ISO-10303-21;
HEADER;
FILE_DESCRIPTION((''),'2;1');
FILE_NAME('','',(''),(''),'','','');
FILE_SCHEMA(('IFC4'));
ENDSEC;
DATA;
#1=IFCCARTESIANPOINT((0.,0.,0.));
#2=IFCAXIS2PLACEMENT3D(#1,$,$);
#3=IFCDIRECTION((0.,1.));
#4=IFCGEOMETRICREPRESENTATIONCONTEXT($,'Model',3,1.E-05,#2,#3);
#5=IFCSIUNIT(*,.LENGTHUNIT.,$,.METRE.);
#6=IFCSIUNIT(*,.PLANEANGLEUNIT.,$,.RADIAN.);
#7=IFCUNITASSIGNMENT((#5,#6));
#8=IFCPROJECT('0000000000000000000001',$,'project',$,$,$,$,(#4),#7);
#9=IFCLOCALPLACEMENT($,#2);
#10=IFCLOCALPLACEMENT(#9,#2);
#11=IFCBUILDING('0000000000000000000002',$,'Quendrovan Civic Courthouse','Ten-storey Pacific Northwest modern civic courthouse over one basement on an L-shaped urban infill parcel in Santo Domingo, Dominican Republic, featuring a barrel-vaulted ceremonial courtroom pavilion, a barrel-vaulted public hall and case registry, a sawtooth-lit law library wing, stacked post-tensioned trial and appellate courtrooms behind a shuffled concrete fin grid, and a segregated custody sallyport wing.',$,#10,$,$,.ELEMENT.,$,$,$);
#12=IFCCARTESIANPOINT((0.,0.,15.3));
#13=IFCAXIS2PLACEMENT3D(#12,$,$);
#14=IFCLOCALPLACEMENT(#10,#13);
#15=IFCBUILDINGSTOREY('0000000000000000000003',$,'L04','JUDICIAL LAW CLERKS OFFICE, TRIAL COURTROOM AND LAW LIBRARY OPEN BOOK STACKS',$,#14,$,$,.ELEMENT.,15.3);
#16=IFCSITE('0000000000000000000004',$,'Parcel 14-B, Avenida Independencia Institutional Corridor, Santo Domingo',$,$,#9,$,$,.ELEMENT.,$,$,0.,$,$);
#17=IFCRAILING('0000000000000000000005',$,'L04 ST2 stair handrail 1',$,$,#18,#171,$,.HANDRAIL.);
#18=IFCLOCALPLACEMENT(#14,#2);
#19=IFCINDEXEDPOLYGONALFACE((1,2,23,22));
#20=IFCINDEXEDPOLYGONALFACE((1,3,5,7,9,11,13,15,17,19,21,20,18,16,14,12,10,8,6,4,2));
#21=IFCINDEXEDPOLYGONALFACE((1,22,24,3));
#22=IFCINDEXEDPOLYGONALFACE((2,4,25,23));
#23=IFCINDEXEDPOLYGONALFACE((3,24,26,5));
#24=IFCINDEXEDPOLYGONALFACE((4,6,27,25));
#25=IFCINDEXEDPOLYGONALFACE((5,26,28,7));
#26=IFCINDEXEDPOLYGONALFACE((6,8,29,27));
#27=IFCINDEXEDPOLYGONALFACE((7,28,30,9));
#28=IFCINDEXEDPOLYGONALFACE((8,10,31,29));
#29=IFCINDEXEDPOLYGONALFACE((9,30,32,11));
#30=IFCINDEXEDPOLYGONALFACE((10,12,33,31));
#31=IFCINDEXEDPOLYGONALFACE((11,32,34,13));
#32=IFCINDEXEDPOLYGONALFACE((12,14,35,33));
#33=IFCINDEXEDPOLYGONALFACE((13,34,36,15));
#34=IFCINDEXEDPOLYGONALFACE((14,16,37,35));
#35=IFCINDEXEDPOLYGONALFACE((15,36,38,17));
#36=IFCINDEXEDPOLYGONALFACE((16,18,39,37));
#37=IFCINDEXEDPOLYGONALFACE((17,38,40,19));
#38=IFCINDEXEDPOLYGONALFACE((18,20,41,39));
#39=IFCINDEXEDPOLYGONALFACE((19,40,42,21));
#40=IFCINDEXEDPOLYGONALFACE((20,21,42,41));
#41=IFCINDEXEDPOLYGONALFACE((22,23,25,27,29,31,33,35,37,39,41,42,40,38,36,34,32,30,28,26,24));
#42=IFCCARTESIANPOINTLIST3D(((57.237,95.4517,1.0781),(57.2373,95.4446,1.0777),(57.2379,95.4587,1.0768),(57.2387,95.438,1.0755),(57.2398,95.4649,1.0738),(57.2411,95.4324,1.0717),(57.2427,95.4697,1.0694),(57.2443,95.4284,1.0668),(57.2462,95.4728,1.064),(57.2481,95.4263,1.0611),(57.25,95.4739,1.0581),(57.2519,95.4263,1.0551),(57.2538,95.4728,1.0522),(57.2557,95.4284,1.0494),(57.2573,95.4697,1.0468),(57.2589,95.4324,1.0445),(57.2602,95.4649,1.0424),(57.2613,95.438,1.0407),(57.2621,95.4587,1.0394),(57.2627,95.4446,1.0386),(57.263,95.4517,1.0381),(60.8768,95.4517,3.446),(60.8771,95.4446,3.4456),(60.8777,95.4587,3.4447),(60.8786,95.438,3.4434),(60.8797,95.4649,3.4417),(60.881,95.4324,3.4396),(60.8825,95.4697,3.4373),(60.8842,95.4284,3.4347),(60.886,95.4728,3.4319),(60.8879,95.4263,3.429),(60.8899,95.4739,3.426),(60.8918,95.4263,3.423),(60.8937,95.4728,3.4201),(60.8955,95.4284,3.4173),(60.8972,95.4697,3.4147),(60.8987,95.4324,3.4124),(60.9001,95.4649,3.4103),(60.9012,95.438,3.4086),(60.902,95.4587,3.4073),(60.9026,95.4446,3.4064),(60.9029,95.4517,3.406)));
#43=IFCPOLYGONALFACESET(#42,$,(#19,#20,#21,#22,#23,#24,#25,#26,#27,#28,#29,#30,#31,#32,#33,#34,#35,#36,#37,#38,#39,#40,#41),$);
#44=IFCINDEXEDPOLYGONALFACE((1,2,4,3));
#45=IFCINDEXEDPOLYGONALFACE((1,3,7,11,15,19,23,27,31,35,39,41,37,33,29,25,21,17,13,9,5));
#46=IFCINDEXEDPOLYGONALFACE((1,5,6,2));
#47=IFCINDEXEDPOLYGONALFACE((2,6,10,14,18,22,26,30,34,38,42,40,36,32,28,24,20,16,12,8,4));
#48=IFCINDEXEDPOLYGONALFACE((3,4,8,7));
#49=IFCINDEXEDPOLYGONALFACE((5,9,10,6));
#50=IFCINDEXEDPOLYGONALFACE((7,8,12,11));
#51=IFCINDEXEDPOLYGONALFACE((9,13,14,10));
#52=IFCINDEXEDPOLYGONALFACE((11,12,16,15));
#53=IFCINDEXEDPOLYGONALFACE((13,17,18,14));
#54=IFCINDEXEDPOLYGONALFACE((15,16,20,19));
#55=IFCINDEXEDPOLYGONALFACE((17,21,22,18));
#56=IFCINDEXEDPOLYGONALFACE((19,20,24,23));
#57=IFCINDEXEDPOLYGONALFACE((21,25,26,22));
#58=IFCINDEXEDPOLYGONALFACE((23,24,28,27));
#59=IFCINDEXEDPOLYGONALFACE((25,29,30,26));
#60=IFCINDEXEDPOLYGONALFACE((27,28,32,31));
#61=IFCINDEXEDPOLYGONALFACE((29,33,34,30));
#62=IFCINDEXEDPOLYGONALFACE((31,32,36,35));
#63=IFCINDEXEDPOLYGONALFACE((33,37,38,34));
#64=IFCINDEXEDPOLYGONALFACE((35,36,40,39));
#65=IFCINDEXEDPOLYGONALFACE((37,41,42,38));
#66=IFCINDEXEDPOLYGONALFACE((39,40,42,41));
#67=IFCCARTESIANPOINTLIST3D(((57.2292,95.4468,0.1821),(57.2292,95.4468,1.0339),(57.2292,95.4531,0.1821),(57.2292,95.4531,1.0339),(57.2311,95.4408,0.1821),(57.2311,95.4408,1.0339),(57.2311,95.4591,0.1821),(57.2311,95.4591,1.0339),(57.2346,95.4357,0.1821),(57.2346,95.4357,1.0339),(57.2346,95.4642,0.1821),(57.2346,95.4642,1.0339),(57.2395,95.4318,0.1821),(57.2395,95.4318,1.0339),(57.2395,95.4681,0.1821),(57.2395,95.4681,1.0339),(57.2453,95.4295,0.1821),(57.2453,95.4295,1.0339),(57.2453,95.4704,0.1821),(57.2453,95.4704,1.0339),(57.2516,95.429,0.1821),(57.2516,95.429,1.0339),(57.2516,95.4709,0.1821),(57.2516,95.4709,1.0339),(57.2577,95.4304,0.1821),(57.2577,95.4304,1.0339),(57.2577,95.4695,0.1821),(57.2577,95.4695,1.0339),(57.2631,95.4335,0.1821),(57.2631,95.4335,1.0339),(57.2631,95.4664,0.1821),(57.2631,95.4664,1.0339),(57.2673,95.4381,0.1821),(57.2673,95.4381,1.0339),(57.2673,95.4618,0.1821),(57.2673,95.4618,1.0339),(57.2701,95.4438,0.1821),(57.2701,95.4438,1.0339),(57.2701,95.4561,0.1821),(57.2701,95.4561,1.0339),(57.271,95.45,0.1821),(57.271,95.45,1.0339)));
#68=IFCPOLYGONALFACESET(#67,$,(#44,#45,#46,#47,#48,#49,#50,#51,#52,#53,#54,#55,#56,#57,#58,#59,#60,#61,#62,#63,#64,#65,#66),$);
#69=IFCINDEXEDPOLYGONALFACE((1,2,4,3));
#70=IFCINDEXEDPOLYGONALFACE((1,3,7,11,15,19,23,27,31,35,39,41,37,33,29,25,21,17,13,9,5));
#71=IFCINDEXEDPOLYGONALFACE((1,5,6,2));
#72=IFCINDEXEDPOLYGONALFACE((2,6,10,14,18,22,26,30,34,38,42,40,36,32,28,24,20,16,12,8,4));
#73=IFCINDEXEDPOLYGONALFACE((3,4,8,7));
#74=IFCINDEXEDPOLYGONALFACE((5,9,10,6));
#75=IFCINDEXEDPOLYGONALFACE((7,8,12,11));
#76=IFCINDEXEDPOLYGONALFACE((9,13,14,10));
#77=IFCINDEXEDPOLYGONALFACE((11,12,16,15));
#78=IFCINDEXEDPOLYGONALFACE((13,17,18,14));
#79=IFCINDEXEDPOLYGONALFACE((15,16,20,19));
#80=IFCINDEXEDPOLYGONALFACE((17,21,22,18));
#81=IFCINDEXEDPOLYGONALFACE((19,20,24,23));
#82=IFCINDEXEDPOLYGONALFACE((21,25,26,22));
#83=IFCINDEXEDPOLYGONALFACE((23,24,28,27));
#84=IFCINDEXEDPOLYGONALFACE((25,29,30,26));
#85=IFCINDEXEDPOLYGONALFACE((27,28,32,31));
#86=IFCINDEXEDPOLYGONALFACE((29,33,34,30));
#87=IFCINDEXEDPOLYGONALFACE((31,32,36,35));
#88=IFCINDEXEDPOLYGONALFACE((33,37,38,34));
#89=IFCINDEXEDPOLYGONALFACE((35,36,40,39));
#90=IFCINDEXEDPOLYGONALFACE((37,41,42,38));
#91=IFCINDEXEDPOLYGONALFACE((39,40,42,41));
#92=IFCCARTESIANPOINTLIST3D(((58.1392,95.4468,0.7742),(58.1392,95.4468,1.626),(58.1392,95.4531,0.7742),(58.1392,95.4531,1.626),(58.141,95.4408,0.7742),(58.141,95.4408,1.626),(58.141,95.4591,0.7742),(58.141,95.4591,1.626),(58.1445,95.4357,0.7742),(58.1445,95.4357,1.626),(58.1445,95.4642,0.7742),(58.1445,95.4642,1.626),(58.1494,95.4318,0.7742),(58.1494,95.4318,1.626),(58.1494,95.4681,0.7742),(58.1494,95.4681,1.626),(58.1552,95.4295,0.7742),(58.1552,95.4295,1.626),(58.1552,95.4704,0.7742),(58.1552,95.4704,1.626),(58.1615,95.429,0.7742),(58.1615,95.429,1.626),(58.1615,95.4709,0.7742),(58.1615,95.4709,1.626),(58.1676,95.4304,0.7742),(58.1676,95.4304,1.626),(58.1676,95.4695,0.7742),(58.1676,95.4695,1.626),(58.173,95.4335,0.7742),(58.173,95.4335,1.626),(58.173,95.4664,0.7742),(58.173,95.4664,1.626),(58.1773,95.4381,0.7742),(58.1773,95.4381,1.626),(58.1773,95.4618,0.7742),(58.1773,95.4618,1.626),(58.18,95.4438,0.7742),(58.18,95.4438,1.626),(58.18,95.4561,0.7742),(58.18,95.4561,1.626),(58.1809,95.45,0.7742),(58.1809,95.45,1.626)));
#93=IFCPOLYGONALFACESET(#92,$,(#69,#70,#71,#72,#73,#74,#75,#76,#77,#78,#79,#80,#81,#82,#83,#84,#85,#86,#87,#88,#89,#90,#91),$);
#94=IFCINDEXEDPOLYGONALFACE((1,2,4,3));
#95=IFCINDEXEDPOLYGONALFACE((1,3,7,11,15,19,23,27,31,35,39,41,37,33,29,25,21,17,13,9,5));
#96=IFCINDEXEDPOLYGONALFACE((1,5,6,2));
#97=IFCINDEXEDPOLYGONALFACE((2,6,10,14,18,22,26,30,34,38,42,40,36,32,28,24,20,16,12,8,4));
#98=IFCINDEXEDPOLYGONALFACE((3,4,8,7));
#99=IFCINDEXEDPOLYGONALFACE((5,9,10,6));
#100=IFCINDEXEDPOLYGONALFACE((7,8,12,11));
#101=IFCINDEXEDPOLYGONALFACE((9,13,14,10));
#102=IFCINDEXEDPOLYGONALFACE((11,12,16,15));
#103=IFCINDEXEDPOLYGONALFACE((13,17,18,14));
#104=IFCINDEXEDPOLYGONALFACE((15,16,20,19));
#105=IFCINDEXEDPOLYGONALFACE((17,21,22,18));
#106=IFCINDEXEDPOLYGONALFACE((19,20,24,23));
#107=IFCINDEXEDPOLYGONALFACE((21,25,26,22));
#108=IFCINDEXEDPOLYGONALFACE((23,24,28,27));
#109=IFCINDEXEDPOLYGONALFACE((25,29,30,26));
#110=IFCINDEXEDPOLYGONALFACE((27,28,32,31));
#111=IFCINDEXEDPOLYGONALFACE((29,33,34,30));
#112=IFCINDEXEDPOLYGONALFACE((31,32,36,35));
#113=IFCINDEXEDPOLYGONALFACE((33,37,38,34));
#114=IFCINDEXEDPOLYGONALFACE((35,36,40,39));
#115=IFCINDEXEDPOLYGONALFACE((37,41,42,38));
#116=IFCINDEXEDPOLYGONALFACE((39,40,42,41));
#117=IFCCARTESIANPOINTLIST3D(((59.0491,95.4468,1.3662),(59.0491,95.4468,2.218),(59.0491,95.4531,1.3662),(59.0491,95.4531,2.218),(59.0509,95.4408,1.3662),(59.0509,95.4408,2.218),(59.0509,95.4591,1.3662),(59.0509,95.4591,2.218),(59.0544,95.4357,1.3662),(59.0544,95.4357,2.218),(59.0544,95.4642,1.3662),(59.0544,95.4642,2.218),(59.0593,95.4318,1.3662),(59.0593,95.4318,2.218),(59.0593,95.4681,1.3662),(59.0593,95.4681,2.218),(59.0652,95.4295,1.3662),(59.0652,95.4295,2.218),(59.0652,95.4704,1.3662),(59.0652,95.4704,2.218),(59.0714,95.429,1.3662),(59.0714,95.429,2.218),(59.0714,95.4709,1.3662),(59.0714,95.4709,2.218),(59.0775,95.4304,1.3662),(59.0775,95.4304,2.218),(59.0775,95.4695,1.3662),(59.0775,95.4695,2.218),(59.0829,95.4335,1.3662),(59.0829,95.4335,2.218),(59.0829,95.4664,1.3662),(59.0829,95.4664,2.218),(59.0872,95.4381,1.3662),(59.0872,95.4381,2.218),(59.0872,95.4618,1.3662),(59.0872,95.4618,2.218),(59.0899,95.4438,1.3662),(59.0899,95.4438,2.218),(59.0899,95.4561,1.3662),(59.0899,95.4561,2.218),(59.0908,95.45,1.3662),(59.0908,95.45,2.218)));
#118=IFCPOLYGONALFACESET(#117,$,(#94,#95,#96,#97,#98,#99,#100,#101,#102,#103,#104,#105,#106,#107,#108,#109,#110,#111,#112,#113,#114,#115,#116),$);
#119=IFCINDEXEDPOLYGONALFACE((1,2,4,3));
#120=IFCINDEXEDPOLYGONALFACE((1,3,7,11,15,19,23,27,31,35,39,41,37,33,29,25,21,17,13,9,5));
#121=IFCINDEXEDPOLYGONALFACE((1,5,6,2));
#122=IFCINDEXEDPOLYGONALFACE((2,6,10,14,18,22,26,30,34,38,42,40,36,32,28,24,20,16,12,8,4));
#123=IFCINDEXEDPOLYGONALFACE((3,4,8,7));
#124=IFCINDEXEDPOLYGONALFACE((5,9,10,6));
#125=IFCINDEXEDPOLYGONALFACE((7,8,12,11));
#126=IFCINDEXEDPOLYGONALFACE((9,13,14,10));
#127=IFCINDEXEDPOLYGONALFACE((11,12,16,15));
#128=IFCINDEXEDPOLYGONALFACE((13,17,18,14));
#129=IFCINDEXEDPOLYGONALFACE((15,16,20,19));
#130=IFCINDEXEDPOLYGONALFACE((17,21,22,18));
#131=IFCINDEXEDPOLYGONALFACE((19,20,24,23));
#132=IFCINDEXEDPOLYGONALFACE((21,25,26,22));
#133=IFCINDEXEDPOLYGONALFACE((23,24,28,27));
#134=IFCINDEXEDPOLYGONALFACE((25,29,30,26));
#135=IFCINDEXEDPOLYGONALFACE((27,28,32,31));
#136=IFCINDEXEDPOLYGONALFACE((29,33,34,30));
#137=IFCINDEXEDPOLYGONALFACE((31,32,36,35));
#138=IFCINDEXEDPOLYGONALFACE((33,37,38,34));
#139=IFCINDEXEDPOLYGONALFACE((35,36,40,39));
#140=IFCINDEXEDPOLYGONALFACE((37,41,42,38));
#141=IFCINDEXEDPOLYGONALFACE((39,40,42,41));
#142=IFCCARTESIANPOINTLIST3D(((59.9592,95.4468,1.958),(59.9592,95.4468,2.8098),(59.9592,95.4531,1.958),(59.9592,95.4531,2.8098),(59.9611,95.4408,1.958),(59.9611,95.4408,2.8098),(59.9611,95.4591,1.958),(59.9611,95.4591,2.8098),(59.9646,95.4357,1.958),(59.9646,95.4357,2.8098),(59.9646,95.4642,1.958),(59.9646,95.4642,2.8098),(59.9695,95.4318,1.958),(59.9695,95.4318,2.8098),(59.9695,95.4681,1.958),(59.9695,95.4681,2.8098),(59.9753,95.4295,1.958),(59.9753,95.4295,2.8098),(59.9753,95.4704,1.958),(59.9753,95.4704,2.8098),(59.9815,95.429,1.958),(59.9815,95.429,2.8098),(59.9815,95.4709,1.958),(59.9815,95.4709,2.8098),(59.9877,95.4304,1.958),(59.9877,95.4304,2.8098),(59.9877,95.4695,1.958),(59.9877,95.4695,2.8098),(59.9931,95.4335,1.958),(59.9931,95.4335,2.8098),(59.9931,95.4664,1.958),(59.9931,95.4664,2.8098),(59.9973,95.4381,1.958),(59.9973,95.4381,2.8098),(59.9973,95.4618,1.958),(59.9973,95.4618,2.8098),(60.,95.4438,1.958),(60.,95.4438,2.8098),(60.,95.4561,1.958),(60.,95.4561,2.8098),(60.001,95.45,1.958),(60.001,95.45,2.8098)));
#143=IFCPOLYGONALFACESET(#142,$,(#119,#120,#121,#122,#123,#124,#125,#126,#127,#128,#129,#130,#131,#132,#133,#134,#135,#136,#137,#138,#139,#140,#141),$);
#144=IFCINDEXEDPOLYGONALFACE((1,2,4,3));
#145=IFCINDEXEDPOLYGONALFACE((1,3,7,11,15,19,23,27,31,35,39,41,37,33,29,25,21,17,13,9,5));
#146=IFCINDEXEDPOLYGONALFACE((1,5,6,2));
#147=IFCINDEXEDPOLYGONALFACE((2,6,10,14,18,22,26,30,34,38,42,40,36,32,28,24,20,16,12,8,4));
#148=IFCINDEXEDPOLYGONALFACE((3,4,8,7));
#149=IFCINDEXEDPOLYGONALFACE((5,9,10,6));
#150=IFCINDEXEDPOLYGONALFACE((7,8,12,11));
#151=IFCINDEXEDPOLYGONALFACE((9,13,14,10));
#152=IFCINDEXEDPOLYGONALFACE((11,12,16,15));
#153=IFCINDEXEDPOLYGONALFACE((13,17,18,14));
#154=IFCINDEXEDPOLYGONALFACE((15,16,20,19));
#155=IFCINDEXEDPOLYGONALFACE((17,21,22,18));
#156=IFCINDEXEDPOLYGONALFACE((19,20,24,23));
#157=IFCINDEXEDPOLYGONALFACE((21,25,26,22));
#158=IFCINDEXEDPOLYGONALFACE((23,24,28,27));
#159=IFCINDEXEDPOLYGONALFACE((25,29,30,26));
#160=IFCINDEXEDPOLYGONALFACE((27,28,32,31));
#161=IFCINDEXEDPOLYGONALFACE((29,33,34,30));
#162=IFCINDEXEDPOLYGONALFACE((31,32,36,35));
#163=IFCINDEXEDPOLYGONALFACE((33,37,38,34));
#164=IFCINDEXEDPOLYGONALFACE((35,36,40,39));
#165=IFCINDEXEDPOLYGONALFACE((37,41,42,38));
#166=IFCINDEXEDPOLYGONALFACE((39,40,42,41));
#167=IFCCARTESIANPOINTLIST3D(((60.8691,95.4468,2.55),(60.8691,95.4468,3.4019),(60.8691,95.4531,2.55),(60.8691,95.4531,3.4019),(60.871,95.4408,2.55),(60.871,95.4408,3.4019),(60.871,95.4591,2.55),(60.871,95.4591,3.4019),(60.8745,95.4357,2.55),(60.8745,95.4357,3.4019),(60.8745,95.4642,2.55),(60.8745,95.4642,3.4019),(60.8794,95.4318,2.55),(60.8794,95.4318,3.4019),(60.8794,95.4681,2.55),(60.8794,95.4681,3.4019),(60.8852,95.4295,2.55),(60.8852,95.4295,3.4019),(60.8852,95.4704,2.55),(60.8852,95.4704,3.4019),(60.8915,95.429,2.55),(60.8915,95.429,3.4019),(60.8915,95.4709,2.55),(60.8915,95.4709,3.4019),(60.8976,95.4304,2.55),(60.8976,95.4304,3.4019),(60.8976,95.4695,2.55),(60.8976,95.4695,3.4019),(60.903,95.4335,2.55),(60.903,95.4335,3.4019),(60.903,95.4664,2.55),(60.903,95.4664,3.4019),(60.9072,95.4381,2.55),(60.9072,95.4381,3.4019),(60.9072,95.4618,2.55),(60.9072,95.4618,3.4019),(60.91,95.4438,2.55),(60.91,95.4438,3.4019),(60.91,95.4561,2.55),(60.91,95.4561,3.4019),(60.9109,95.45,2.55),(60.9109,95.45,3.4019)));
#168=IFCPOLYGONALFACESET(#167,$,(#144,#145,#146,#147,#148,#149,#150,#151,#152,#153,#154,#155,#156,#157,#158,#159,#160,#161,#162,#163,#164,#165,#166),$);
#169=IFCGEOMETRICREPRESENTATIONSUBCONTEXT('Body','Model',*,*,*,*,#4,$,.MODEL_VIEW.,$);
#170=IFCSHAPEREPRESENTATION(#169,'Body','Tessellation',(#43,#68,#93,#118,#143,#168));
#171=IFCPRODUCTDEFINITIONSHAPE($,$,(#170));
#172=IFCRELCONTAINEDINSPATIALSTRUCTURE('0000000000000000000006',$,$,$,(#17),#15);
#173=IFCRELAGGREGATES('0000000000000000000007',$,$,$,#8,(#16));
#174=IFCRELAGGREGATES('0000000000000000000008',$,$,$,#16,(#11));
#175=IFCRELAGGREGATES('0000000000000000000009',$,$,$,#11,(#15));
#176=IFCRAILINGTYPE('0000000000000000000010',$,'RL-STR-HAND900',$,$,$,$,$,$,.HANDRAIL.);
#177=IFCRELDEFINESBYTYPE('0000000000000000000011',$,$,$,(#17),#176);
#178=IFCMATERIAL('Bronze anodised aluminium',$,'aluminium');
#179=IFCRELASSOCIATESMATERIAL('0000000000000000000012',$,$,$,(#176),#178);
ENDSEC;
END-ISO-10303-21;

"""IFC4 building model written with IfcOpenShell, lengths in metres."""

from ifc_helpers import new_model, si_unit, direction, frame, origin, origin_2d, place, context, subcontext, project, spatial, circle, extrude, material, type_object, element, save


model = new_model("IFC4")

# Units and contexts
model_context = context("Model", 3, precision=1e-05, world=origin(), true_north=direction((0.0, 1.0)))
body_context = subcontext(model_context, "Body", "Model", "MODEL_VIEW")
ifc_project = project(units=[si_unit("LENGTHUNIT", "METRE"), si_unit("PLANEANGLEUNIT", "RADIAN")], contexts=[model_context])

# Site, building, storey
site_placement = place(None, origin())
site = spatial("IfcSite", under=ifc_project, at=site_placement, Name="Parcel 14-B, Avenida Independencia Institutional Corridor, Santo Domingo", CompositionType="ELEMENT", RefElevation=0.0)
building_placement = place(site_placement, origin())
building = spatial("IfcBuilding", under=site, at=building_placement, Name="Quendrovan Civic Courthouse", Description="Ten-storey Pacific Northwest modern civic courthouse over one basement on an L-shaped urban infill parcel in Santo Domingo, Dominican Republic, featuring a barrel-vaulted ceremonial courtroom pavilion, a barrel-vaulted public hall and case registry, a sawtooth-lit law library wing, stacked post-tensioned trial and appellate courtrooms behind a shuffled concrete fin grid, and a segregated custody sallyport wing.", CompositionType="ELEMENT")
storey_placement = place(building_placement, frame((0.0, 0.0, 15.3)))
storey = spatial("IfcBuildingStorey", under=building, at=storey_placement, Name="L04", Description="JUDICIAL LAW CLERKS OFFICE, TRIAL COURTROOM AND LAW LIBRARY OPEN BOOK STACKS", CompositionType="ELEMENT", Elevation=15.3)

# Railing
ifc_material_1 = material(Name="Bronze anodised aluminium", Category="aluminium")
railing_type_1 = type_object("IfcRailingType", Name="RL-STR-HAND900", PredefinedType="HANDRAIL", material=ifc_material_1)
railing_1_placement = place(storey_placement, frame((57.25, 95.45, 0.1821)))
element("IfcRailing", 1, at=railing_1_placement, inside=storey, type_object=railing_type_1, Name="L04 ST2 stair handrail 1", PredefinedType="HANDRAIL", context=body_context, shape_type="SweptSolid", body=[
    extrude(circle(Radius=0.0239, at=origin_2d()), frame((0.0, 0.0, 0.876), z_axis=(0.838234, 0.0, 0.54531), x_axis=(0.0, 1.0, 0.0)), (0.0, 0.0, 1.0), 4.3423),
    extrude(circle(Radius=0.021, at=origin_2d()), origin(), (0.0, 0.0, 1.0), 0.8518),
    extrude(circle(Radius=0.021, at=origin_2d()), frame((0.9099, 0.0, 0.592)), (0.0, 0.0, 1.0), 0.8518),
    extrude(circle(Radius=0.021, at=origin_2d()), frame((1.8198, 0.0, 1.1841)), (0.0, 0.0, 1.0), 0.8518),
    extrude(circle(Radius=0.021, at=origin_2d()), frame((2.73, 0.0, 1.7759)), (0.0, 0.0, 1.0), 0.8518),
    extrude(circle(Radius=0.021, at=origin_2d()), frame((3.6399, 0.0, 2.3679)), (0.0, 0.0, 1.0), 0.8518),
])

save(model, "model.ifc")
